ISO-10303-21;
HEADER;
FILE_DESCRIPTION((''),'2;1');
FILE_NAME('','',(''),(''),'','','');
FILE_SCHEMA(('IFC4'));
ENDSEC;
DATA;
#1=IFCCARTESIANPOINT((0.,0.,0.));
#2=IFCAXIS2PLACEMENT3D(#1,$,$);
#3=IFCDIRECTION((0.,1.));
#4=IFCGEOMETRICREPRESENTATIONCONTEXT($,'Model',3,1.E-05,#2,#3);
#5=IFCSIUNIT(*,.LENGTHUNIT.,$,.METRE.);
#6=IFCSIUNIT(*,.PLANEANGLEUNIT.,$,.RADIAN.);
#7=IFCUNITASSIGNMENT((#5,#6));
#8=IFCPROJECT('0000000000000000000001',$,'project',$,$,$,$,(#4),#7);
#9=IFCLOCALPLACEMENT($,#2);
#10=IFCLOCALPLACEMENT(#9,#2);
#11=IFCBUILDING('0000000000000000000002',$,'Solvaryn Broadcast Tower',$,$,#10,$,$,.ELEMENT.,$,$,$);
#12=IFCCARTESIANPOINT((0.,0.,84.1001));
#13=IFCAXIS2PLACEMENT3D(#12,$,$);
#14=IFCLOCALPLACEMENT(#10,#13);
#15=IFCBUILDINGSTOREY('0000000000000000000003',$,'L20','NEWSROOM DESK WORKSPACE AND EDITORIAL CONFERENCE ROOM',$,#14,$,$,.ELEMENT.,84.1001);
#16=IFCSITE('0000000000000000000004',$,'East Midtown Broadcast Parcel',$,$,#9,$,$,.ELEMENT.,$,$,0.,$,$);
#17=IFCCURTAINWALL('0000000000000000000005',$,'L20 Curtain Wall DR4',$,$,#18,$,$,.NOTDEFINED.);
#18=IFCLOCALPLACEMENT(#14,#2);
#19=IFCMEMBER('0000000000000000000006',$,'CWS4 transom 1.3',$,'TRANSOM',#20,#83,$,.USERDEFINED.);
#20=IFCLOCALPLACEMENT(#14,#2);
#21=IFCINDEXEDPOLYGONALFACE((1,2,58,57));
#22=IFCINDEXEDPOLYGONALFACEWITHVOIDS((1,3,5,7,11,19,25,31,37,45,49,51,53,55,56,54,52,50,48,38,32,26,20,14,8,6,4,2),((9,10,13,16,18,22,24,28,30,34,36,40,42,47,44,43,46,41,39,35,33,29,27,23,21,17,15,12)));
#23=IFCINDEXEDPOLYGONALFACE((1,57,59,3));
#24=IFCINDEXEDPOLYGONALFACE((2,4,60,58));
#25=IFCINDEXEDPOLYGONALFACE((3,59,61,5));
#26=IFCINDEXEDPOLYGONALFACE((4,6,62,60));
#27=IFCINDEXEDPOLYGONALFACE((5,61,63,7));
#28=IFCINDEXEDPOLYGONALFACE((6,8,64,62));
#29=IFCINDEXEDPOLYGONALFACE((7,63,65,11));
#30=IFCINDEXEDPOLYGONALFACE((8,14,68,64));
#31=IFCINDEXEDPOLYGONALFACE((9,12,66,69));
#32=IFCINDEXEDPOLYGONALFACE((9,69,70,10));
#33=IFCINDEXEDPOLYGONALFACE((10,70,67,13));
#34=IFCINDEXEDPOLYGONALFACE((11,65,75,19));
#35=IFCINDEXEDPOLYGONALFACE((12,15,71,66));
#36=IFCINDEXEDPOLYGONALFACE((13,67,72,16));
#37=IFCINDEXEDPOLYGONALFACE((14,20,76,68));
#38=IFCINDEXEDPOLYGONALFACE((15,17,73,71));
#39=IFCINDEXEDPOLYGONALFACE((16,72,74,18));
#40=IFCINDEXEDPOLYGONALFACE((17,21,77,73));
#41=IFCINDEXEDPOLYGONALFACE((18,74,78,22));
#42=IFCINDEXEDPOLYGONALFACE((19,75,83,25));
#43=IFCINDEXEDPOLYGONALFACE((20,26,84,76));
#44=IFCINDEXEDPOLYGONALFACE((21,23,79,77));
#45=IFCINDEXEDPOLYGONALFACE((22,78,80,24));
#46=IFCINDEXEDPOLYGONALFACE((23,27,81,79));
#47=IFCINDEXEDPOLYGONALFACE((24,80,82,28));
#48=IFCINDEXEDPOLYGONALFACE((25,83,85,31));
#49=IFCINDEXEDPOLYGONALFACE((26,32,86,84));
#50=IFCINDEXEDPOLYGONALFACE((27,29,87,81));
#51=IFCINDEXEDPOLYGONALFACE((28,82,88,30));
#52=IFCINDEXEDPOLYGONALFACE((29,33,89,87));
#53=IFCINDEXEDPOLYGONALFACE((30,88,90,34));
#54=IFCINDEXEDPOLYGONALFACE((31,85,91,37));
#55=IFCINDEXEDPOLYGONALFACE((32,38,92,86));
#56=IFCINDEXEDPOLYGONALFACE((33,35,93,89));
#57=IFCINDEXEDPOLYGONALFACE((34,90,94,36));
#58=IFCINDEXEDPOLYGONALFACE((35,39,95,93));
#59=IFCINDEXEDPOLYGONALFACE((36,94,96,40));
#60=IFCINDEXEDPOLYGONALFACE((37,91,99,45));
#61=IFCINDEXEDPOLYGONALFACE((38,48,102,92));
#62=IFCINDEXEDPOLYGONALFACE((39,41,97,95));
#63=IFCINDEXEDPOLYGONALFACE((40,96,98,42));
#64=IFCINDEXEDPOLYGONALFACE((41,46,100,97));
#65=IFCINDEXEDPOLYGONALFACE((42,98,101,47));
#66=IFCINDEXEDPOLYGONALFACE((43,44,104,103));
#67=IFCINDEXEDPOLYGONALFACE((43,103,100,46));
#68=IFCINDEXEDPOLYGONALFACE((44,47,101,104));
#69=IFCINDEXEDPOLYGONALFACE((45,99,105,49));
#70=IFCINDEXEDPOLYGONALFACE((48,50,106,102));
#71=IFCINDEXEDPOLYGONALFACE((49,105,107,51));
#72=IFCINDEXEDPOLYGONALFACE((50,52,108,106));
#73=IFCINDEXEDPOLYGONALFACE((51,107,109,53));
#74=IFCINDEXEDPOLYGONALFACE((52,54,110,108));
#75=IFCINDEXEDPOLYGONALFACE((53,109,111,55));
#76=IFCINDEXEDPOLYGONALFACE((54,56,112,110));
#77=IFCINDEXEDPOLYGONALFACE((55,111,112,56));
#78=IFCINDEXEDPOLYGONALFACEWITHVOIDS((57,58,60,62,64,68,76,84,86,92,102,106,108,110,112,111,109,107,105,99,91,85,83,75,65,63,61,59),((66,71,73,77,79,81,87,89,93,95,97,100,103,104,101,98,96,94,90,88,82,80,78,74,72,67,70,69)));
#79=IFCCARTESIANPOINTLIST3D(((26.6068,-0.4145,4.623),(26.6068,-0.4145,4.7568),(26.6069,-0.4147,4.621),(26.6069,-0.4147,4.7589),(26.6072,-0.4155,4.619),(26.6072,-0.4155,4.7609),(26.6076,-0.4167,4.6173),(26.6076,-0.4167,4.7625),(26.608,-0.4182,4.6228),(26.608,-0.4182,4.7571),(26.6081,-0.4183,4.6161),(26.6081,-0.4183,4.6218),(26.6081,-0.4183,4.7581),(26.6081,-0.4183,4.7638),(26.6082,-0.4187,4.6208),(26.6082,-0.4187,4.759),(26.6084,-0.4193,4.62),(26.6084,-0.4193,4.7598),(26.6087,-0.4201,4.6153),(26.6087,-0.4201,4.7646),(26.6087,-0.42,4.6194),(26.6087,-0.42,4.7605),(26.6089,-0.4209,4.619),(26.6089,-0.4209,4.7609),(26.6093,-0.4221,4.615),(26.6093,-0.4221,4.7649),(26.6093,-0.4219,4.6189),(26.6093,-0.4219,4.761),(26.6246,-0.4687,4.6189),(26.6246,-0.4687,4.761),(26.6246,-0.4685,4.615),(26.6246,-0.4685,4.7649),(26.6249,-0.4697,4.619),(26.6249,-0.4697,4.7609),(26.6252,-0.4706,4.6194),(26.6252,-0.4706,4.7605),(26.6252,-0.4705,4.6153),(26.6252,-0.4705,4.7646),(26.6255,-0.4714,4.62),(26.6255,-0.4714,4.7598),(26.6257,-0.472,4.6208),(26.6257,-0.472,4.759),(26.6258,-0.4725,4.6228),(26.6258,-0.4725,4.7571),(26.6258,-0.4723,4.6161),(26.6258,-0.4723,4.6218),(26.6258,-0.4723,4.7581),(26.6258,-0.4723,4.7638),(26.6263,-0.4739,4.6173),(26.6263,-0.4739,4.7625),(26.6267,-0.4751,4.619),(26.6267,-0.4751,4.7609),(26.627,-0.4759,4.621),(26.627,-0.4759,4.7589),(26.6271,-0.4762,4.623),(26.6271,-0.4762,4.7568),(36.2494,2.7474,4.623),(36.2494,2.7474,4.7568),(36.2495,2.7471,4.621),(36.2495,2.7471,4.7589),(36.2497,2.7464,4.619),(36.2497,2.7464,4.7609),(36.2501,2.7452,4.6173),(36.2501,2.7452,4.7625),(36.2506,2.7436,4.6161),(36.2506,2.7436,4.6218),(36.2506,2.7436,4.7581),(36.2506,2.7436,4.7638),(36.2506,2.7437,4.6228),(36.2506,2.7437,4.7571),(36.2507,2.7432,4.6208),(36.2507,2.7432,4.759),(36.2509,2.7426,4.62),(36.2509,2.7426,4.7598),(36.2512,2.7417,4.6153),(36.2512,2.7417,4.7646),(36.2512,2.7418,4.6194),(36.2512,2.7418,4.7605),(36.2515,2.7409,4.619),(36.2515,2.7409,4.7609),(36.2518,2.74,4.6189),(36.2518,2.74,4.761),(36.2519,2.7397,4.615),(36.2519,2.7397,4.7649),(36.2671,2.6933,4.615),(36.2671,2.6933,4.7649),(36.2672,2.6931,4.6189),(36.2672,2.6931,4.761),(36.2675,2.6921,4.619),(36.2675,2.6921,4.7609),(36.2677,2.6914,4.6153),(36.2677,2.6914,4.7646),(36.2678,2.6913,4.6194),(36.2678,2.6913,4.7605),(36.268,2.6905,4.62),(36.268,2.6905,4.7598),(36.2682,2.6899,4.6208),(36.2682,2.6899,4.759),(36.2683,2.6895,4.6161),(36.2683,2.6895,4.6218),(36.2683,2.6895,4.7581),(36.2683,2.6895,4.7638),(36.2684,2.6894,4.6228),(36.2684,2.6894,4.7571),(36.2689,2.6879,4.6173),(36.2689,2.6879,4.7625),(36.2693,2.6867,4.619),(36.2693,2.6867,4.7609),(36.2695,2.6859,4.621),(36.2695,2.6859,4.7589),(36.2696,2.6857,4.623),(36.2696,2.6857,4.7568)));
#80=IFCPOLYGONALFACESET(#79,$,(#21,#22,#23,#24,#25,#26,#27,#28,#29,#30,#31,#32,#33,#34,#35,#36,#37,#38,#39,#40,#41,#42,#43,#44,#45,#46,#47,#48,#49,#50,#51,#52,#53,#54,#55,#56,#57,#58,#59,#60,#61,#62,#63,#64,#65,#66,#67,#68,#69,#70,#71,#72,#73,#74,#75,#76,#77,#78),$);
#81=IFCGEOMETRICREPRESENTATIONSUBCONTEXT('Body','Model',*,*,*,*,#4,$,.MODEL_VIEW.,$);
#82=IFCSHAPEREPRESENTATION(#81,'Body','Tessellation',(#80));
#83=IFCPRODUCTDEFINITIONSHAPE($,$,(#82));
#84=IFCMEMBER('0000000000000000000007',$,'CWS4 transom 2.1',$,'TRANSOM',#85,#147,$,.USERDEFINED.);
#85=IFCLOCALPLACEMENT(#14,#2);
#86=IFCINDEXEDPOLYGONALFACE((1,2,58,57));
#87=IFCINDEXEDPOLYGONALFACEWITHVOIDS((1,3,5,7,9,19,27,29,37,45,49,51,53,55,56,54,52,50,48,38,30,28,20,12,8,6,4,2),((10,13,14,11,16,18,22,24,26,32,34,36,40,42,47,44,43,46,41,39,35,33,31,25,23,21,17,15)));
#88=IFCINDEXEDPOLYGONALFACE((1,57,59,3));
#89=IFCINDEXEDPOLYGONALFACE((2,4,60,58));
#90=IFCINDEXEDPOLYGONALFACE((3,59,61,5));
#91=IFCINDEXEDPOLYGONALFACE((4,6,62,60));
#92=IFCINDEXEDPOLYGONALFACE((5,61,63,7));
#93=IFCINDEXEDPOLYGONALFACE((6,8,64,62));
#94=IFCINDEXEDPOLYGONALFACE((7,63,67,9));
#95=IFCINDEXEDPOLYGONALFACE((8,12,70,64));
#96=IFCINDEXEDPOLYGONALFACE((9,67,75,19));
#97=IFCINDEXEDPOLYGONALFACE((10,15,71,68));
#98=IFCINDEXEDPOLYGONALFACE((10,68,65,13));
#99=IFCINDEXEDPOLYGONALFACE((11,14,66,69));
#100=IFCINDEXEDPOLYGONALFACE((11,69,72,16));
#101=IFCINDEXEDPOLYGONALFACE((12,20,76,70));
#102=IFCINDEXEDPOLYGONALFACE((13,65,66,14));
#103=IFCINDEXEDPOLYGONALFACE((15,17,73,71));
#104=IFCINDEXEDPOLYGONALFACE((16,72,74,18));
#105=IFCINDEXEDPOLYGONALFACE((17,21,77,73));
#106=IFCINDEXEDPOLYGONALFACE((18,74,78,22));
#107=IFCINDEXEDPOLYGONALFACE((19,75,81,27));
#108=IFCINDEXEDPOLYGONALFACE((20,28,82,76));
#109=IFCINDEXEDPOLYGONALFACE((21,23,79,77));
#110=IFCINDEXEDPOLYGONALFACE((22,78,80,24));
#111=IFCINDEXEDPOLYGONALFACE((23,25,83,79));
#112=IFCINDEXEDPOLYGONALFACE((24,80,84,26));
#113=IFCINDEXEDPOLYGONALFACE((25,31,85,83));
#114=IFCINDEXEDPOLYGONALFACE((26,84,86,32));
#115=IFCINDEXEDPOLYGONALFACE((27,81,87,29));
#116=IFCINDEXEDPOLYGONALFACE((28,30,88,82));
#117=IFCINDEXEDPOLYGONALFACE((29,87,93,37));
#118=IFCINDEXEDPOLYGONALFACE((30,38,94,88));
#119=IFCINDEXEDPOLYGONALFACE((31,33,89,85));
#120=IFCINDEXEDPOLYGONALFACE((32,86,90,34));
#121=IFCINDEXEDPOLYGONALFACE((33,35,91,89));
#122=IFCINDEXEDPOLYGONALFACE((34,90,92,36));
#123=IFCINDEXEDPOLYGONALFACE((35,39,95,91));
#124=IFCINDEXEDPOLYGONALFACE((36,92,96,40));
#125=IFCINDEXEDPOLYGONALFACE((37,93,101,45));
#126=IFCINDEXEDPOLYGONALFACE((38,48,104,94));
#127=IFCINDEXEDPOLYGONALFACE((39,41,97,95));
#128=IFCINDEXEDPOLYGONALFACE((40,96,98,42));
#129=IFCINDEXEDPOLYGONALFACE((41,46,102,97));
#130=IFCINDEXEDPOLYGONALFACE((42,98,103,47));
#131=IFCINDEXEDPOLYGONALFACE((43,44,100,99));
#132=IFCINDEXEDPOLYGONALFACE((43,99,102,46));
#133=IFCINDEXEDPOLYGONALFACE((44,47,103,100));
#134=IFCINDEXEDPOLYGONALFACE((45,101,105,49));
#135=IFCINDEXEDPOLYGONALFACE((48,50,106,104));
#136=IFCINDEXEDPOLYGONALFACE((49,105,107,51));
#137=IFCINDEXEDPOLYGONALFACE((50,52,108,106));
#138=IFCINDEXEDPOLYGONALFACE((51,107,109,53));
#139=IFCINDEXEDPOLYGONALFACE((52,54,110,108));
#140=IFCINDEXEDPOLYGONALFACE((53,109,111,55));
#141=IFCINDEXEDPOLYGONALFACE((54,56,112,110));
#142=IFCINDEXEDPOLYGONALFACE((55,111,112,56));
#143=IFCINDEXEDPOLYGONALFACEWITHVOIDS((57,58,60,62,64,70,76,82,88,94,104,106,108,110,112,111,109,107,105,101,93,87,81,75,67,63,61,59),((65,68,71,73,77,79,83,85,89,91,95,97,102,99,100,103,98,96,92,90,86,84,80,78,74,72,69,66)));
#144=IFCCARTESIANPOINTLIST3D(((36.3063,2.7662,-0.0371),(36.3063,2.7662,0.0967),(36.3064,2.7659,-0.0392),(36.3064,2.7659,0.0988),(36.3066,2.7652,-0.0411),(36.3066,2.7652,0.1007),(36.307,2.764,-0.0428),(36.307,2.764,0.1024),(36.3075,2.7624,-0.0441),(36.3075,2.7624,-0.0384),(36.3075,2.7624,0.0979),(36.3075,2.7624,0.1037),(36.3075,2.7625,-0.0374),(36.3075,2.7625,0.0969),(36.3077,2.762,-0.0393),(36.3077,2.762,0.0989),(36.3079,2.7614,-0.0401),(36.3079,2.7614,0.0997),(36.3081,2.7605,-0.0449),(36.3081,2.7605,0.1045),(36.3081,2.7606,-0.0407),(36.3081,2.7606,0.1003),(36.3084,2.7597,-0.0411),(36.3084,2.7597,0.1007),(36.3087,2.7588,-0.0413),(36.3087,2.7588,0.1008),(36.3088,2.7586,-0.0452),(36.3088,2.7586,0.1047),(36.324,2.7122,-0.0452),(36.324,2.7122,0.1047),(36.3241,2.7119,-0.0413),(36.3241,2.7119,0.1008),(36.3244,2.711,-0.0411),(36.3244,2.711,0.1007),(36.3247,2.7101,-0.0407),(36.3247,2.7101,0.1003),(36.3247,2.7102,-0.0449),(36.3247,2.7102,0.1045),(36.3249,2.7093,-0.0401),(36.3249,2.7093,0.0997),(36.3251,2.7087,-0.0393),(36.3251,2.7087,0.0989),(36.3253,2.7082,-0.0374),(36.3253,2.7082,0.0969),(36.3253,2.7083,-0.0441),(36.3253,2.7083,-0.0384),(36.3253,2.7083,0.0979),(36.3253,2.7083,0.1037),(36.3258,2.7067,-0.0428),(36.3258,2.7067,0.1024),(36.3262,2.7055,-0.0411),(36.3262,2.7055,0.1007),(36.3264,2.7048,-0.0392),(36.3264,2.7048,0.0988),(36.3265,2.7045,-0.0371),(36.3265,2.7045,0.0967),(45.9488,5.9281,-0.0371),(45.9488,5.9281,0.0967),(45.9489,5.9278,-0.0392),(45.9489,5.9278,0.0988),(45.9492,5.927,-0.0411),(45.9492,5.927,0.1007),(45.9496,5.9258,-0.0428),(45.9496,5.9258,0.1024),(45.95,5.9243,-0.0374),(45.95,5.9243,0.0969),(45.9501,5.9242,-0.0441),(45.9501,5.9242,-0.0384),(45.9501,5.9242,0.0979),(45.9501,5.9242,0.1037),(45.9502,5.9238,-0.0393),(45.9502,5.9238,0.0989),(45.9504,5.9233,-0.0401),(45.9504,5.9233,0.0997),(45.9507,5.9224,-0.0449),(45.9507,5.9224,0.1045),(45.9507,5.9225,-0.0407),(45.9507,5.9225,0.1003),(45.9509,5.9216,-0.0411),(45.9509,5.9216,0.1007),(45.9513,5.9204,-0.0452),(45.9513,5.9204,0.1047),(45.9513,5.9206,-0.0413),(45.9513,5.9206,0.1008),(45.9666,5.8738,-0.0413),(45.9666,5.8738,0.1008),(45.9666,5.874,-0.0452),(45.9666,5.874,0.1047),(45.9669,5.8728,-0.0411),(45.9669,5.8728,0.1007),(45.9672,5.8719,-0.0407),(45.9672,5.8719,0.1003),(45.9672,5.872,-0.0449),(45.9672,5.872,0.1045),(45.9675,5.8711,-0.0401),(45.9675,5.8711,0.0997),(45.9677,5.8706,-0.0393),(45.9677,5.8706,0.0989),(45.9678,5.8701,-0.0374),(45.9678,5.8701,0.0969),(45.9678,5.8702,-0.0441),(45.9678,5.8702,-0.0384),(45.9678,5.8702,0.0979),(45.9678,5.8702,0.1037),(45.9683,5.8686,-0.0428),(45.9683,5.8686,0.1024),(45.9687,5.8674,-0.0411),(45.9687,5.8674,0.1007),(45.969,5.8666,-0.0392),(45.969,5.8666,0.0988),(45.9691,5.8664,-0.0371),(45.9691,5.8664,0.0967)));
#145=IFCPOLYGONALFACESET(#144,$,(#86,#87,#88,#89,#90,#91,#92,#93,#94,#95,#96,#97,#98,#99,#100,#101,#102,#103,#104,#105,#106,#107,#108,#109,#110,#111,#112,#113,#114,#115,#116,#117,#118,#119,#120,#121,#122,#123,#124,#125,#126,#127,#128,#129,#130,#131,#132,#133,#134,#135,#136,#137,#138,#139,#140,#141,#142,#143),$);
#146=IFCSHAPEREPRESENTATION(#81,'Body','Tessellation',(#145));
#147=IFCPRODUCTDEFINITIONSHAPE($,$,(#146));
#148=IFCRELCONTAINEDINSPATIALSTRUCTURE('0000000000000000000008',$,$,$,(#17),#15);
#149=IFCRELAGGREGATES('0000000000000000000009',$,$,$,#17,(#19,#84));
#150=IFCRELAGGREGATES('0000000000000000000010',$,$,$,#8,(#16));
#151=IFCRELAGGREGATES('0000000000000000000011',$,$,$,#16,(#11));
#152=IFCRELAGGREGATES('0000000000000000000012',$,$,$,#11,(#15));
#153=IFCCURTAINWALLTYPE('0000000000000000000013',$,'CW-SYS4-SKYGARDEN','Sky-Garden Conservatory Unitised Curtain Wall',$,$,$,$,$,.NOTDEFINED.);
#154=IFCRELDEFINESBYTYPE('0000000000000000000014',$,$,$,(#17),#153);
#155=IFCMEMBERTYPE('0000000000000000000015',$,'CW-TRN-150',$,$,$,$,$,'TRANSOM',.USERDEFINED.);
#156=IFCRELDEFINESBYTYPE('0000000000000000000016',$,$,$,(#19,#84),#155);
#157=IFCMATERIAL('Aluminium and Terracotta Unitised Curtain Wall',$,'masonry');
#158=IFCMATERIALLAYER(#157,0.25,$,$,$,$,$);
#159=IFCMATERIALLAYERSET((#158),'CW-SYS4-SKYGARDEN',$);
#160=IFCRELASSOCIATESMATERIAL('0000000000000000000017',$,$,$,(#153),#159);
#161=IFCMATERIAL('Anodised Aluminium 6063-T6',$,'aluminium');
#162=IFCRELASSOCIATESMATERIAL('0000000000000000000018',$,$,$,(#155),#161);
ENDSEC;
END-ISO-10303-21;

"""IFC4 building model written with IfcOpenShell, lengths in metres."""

from ifc_helpers import new_model, si_unit, direction, frame, origin, origin_2d, place, context, subcontext, project, spatial, hollow_rectangle, extrude, material, layer, layer_set, material_profile, profile_set, type_object, element, aggregate, save


model = new_model("IFC4")

# Units and contexts
model_context = context("Model", 3, precision=1e-05, world=origin(), true_north=direction((0.0, 1.0)))
body_context = subcontext(model_context, "Body", "Model", "MODEL_VIEW")
ifc_project = project(units=[si_unit("LENGTHUNIT", "METRE"), si_unit("PLANEANGLEUNIT", "RADIAN")], contexts=[model_context])

# Site, building, storey
site_placement = place(None, origin())
site = spatial("IfcSite", under=ifc_project, at=site_placement, Name="East Midtown Broadcast Parcel", CompositionType="ELEMENT", RefElevation=0.0)
building_placement = place(site_placement, origin())
building = spatial("IfcBuilding", under=site, at=building_placement, Name="Solvaryn Broadcast Tower", CompositionType="ELEMENT")
storey_placement = place(building_placement, frame((0.0, 0.0, 84.1001)))
storey = spatial("IfcBuildingStorey", under=building, at=storey_placement, Name="L20", Description="NEWSROOM DESK WORKSPACE AND EDITORIAL CONFERENCE ROOM", CompositionType="ELEMENT", Elevation=84.1001)

# Curtain wall, members
ifc_material_1 = material(Name="Aluminium and Terracotta Unitised Curtain Wall", Category="masonry")
ifc_layer_1 = layer(ifc_material_1, 0.25)
ifc_layer_set_1 = layer_set([ifc_layer_1], Name="CW-SYS4-SKYGARDEN")
curtain_wall_type = type_object("IfcCurtainWallType", Name="CW-SYS4-SKYGARDEN", Description="Sky-Garden Conservatory Unitised Curtain Wall", PredefinedType="NOTDEFINED", material=ifc_layer_set_1)
curtain_wall_placement = place(storey_placement, origin())
curtain_wall = element("IfcCurtainWall", 1, at=curtain_wall_placement, inside=storey, type_object=curtain_wall_type, Name="L20 Curtain Wall DR4", PredefinedType="NOTDEFINED")
ifc_material_2 = material(Name="Anodised Aluminium 6063-T6", Category="aluminium")
ifc_material_profile_1 = material_profile(ifc_material_2, hollow_rectangle(XDim=0.0649, YDim=0.1499, WallThickness=0.0039, InnerFilletRadius=0.0039, OuterFilletRadius=0.0081, at=origin_2d()))
ifc_profile_set_1 = profile_set([ifc_material_profile_1], Name="Anodised Aluminium 6063-T6")
member_type_1 = type_object("IfcMemberType", Name="CW-TRN-150", ElementType="TRANSOM", PredefinedType="USERDEFINED", material=ifc_profile_set_1)
member_1_placement = place(storey_placement, frame((26.6169, -0.4453, 4.6899), z_axis=(0.950219, 0.311583, 0.0), x_axis=(-0.311583, 0.950219, 0.0)))
member_1 = element("IfcMember", 2, at=member_1_placement, type_object=member_type_1, Name="CWS4 transom 1.3", ObjectType="TRANSOM", PredefinedType="USERDEFINED", context=body_context, shape_type="SweptSolid", body=[
    extrude(hollow_rectangle(XDim=0.0649, YDim=0.1499, WallThickness=0.0039, InnerFilletRadius=0.0039, OuterFilletRadius=0.0081, at=origin_2d()), origin(), (0.0, 0.0, 1.0), 10.1477),
])
member_2_placement = place(storey_placement, frame((36.3164, 2.7354, 0.0298), z_axis=(0.950219, 0.311583, 0.0), x_axis=(-0.311583, 0.950219, 0.0)))
member_2 = element("IfcMember", 3, at=member_2_placement, type_object=member_type_1, Name="CWS4 transom 2.1", ObjectType="TRANSOM", PredefinedType="USERDEFINED", context=body_context, shape_type="SweptSolid", body=[
    extrude(hollow_rectangle(XDim=0.0649, YDim=0.1499, WallThickness=0.0039, InnerFilletRadius=0.0039, OuterFilletRadius=0.0081, at=origin_2d()), origin(), (0.0, 0.0, 1.0), 10.1477),
])
aggregate(curtain_wall, [member_1, member_2])

save(model, "model.ifc")
